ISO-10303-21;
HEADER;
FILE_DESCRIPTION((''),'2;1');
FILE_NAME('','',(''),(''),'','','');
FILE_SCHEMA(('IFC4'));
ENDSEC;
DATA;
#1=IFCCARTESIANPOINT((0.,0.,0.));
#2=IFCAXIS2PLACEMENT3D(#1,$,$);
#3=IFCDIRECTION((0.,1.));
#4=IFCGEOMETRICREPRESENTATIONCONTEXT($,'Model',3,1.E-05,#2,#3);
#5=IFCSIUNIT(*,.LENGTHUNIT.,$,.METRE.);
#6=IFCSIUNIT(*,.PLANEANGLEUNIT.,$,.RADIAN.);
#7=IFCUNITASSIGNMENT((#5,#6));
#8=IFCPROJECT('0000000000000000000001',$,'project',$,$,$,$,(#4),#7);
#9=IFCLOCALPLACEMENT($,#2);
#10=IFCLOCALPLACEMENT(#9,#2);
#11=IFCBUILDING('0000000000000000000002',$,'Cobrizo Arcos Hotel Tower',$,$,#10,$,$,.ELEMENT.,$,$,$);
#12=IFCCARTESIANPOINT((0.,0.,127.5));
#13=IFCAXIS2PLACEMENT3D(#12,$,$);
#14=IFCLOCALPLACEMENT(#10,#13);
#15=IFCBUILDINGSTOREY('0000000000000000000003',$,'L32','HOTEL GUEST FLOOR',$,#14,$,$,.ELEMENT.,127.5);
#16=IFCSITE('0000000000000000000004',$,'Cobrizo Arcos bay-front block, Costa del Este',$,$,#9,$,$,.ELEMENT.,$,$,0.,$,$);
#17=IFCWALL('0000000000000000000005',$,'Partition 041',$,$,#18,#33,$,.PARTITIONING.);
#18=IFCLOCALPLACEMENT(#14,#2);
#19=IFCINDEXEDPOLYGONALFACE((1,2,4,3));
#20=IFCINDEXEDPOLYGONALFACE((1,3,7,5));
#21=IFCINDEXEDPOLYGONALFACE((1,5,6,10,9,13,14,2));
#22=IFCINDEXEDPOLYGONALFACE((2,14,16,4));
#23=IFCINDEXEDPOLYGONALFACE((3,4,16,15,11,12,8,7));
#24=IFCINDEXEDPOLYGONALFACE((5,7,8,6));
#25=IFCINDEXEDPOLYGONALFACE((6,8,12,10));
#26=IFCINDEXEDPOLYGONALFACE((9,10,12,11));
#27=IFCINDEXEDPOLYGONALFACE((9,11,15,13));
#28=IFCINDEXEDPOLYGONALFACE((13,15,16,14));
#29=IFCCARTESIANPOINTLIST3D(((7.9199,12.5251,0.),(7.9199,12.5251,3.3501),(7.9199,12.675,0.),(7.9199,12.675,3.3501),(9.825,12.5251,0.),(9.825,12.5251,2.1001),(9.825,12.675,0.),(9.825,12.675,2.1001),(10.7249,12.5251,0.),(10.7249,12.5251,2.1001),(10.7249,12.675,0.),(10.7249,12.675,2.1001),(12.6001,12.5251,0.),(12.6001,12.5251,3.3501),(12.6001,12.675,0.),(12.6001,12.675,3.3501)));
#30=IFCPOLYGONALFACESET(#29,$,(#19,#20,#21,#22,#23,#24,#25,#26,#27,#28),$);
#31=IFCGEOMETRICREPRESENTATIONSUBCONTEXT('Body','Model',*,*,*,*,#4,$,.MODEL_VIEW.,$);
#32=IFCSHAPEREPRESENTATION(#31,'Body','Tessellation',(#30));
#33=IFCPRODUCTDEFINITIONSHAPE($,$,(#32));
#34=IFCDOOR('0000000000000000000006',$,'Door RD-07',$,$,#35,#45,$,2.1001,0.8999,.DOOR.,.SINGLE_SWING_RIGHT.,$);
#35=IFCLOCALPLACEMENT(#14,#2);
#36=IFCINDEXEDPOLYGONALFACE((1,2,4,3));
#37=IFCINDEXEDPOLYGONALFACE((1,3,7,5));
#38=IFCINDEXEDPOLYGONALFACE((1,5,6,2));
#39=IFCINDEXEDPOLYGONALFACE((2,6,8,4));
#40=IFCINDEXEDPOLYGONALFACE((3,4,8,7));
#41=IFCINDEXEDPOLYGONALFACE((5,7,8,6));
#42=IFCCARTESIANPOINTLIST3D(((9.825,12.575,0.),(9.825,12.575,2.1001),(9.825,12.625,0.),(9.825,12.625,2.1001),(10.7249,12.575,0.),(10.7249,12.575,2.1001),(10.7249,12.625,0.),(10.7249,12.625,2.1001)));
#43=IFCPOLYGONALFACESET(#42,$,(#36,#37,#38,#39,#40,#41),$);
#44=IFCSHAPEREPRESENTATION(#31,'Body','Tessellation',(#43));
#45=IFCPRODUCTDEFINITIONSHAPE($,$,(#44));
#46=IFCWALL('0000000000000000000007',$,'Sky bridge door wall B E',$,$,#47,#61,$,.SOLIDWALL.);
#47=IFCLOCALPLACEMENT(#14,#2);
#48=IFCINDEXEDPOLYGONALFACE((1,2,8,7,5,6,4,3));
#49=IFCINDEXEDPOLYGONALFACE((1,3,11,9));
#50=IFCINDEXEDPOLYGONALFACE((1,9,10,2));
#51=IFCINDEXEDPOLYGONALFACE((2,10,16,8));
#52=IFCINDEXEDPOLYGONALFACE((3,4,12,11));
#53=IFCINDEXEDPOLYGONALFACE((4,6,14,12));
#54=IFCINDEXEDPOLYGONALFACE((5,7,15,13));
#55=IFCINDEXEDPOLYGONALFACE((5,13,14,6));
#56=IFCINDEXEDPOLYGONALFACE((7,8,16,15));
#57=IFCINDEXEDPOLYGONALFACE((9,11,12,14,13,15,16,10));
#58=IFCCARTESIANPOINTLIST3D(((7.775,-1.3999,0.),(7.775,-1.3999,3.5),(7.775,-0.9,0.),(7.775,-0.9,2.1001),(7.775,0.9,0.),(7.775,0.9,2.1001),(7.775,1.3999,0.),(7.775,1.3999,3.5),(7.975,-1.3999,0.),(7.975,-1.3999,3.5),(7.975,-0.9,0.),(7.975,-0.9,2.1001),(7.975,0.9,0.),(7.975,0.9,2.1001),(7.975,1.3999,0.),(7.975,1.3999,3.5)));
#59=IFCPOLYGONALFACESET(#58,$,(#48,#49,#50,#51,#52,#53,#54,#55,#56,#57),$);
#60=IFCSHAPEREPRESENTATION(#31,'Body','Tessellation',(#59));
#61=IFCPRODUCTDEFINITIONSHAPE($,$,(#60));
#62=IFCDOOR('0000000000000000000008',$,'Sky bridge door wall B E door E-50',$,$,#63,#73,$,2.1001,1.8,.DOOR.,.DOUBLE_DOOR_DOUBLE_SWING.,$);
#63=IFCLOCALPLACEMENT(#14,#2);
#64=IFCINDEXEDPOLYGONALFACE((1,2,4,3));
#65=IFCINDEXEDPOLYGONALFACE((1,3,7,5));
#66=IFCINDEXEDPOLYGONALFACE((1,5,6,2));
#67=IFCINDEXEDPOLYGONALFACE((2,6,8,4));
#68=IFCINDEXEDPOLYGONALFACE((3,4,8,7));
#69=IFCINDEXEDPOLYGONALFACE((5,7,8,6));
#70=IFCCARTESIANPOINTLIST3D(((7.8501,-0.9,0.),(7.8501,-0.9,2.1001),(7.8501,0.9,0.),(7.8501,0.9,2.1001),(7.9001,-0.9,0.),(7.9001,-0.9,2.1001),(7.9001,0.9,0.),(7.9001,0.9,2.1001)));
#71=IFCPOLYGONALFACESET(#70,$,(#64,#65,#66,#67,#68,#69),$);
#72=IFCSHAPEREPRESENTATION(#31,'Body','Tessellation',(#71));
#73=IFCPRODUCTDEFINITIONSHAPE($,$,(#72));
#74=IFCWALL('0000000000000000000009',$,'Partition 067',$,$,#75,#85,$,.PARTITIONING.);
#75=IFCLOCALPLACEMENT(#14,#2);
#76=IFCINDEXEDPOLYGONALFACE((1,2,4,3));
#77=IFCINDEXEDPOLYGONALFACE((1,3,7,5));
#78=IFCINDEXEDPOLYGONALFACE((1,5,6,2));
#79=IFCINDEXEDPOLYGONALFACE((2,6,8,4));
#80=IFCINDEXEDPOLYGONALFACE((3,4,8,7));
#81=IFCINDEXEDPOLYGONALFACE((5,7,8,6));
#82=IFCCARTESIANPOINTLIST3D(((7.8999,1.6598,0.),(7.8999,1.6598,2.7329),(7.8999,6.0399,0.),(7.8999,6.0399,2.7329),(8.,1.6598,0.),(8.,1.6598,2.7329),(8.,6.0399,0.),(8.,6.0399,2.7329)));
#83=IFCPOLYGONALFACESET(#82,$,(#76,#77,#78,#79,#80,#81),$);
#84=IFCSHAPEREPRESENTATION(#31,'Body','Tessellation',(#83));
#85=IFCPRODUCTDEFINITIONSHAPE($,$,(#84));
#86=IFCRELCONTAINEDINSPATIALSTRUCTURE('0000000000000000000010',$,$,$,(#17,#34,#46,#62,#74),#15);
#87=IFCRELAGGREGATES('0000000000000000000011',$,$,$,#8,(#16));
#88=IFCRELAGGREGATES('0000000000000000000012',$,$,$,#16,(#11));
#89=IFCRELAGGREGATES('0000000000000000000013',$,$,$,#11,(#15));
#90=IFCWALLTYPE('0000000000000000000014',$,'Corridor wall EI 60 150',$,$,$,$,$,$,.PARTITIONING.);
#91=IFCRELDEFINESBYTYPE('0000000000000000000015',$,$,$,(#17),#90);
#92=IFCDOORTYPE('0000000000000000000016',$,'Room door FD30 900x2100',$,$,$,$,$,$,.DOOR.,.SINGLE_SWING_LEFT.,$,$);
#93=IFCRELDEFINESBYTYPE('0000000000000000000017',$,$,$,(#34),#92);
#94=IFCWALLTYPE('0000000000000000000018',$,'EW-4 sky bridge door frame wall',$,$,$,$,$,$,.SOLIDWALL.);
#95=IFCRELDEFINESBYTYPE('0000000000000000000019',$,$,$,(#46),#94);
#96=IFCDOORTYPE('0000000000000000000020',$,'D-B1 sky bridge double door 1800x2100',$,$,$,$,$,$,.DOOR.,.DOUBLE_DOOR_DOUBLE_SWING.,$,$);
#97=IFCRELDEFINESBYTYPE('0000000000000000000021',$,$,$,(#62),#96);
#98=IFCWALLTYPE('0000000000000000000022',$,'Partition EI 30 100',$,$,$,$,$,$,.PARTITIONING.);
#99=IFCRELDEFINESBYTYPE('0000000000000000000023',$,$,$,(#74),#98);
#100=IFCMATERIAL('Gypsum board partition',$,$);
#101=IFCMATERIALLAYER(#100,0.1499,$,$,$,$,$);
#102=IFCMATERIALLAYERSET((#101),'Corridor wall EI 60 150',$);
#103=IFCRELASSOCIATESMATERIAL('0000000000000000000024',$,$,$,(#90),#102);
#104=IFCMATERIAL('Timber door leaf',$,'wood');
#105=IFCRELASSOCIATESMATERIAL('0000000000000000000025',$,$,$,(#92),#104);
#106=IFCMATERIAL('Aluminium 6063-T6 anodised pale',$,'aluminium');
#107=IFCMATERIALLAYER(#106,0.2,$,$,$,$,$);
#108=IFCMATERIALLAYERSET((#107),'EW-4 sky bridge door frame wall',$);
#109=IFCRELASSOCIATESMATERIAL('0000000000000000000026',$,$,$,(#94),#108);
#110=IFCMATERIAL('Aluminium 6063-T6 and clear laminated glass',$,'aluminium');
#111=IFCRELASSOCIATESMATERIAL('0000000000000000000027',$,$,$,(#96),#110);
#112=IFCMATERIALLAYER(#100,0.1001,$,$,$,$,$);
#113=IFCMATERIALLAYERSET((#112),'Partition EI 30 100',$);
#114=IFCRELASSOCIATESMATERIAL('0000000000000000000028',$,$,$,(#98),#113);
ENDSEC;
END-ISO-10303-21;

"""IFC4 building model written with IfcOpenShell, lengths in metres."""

from ifc_helpers import new_model, si_unit, direction, frame, frame_2d, origin, place, context, subcontext, project, spatial, rectangle, extrude, material, layer, layer_set, type_object, element, fill, save


model = new_model("IFC4")

# Units and contexts
model_context = context("Model", 3, precision=1e-05, world=origin(), true_north=direction((0.0, 1.0)))
body_context = subcontext(model_context, "Body", "Model", "MODEL_VIEW")
ifc_project = project(units=[si_unit("LENGTHUNIT", "METRE"), si_unit("PLANEANGLEUNIT", "RADIAN")], contexts=[model_context])

# Site, building, storey
site_placement = place(None, origin())
site = spatial("IfcSite", under=ifc_project, at=site_placement, Name="Cobrizo Arcos bay-front block, Costa del Este", CompositionType="ELEMENT", RefElevation=0.0)
building_placement = place(site_placement, origin())
building = spatial("IfcBuilding", under=site, at=building_placement, Name="Cobrizo Arcos Hotel Tower", CompositionType="ELEMENT")
storey_placement = place(building_placement, frame((0.0, 0.0, 127.5)))
storey = spatial("IfcBuildingStorey", under=building, at=storey_placement, Name="L32", Description="HOTEL GUEST FLOOR", CompositionType="ELEMENT", Elevation=127.5)

# Shared definitions
ifc_material_1 = material(Name="Gypsum board partition")
ifc_layer_1 = layer(ifc_material_1, 0.1499)
ifc_layer_set_1 = layer_set([ifc_layer_1], Name="Corridor wall EI 60 150")
wall_type_1 = type_object("IfcWallType", Name="Corridor wall EI 60 150", PredefinedType="PARTITIONING", material=ifc_layer_set_1)

# Shared definitions
ifc_material_2 = material(Name="Timber door leaf", Category="wood")

# Walls, openings, doors
wall_1_placement = place(storey_placement, frame((7.9199, 12.6001, 0.0), z_axis=(0.0, 0.0, 1.0), x_axis=(1.0, 0.0, 0.0)))
wall_1 = element("IfcWall", 1, at=wall_1_placement, inside=storey, type_object=wall_type_1, Name="Partition 041", PredefinedType="PARTITIONING", context=body_context, shape_type="SweptSolid", body=[
    extrude(rectangle(XDim=4.6802, YDim=0.1499, at=frame_2d((2.3401, 0.0))), origin(), (0.0, 0.0, 1.0), 3.3501),
])
opening_1_placement = place(wall_1_placement, frame((1.905, 0.0, 0.0)))
opening_1 = element("IfcOpeningElement", 2, at=opening_1_placement, cuts=wall_1, PredefinedType="OPENING", context=body_context, shape_type="SweptSolid", body=[
    extrude(rectangle(XDim=0.8999, YDim=2.1001, at=frame_2d((0.45, 1.05))), frame((0.0, 0.0869, 0.0), z_axis=(0.0, -1.0, 0.0), x_axis=(1.0, 0.0, 0.0)), (0.0, 0.0, 1.0), 0.1738),
])
door_type_1 = type_object("IfcDoorType", Name="Room door FD30 900x2100", OperationType="SINGLE_SWING_LEFT", PredefinedType="DOOR", material=ifc_material_2)
door_1_placement = place(opening_1_placement, origin())
door_1 = element("IfcDoor", 3, at=door_1_placement, inside=storey, type_object=door_type_1, Name="Door RD-07", OperationType="SINGLE_SWING_RIGHT", OverallHeight=2.1001, OverallWidth=0.8999, PredefinedType="DOOR", context=body_context, shape_type="SweptSolid", body=[
    extrude(rectangle(XDim=0.8999, YDim=2.1001, at=frame_2d((0.45, 1.05))), frame((0.0, 0.0249, 0.0), z_axis=(0.0, -1.0, 0.0), x_axis=(1.0, 0.0, 0.0)), (0.0, 0.0, 1.0), 0.05),
])
fill(opening_1, door_1)
ifc_material_3 = material(Name="Aluminium 6063-T6 anodised pale", Category="aluminium")
ifc_layer_2 = layer(ifc_material_3, 0.2)
ifc_layer_set_2 = layer_set([ifc_layer_2], Name="EW-4 sky bridge door frame wall")
wall_type_2 = type_object("IfcWallType", Name="EW-4 sky bridge door frame wall", PredefinedType="SOLIDWALL", material=ifc_layer_set_2)
wall_2_placement = place(storey_placement, frame((7.875, -1.3999, 0.0), z_axis=(0.0, 0.0, 1.0), x_axis=(0.0, 1.0, 0.0)))
wall_2 = element("IfcWall", 4, at=wall_2_placement, inside=storey, type_object=wall_type_2, Name="Sky bridge door wall B E", PredefinedType="SOLIDWALL", context=body_context, shape_type="SweptSolid", body=[
    extrude(rectangle(XDim=2.7998, YDim=0.2, at=frame_2d((1.3999, 0.0))), origin(), (0.0, 0.0, 1.0), 3.5),
])
opening_2_placement = place(wall_2_placement, frame((0.5, 0.0, 0.0)))
opening_2 = element("IfcOpeningElement", 5, at=opening_2_placement, cuts=wall_2, PredefinedType="OPENING", context=body_context, shape_type="SweptSolid", body=[
    extrude(rectangle(XDim=1.8, YDim=2.1001, at=frame_2d((0.8999, 1.05))), frame((0.0, 0.1121, 0.0), z_axis=(0.0, -1.0, 0.0), x_axis=(1.0, 0.0, 0.0)), (0.0, 0.0, 1.0), 0.2239),
])
ifc_material_4 = material(Name="Aluminium 6063-T6 and clear laminated glass", Category="aluminium")
door_type_2 = type_object("IfcDoorType", Name="D-B1 sky bridge double door 1800x2100", OperationType="DOUBLE_DOOR_DOUBLE_SWING", PredefinedType="DOOR", material=ifc_material_4)
door_2_placement = place(opening_2_placement, origin())
door_2 = element("IfcDoor", 6, at=door_2_placement, inside=storey, type_object=door_type_2, Name="Sky bridge door wall B E door E-50", OperationType="DOUBLE_DOOR_DOUBLE_SWING", OverallHeight=2.1001, OverallWidth=1.8, PredefinedType="DOOR", context=body_context, shape_type="SweptSolid", body=[
    extrude(rectangle(XDim=1.8, YDim=2.1001, at=frame_2d((0.8999, 1.05))), frame((0.0, 0.0249, 0.0), z_axis=(0.0, -1.0, 0.0), x_axis=(1.0, 0.0, 0.0)), (0.0, 0.0, 1.0), 0.05),
])
fill(opening_2, door_2)

# Wall
ifc_layer_3 = layer(ifc_material_1, 0.1001)
ifc_layer_set_3 = layer_set([ifc_layer_3], Name="Partition EI 30 100")
wall_type_3 = type_object("IfcWallType", Name="Partition EI 30 100", PredefinedType="PARTITIONING", material=ifc_layer_set_3)
wall_3_placement = place(storey_placement, frame((7.95, 1.6599, 0.0), z_axis=(0.0, 0.0, 1.0), x_axis=(0.0, 1.0, 0.0)))
element("IfcWall", 7, at=wall_3_placement, inside=storey, type_object=wall_type_3, Name="Partition 067", PredefinedType="PARTITIONING", context=body_context, shape_type="SweptSolid", body=[
    extrude(rectangle(XDim=4.3801, YDim=0.1001, at=frame_2d((2.1899, 0.0))), origin(), (0.0, 0.0, 1.0), 2.7329),
])

save(model, "model.ifc")
